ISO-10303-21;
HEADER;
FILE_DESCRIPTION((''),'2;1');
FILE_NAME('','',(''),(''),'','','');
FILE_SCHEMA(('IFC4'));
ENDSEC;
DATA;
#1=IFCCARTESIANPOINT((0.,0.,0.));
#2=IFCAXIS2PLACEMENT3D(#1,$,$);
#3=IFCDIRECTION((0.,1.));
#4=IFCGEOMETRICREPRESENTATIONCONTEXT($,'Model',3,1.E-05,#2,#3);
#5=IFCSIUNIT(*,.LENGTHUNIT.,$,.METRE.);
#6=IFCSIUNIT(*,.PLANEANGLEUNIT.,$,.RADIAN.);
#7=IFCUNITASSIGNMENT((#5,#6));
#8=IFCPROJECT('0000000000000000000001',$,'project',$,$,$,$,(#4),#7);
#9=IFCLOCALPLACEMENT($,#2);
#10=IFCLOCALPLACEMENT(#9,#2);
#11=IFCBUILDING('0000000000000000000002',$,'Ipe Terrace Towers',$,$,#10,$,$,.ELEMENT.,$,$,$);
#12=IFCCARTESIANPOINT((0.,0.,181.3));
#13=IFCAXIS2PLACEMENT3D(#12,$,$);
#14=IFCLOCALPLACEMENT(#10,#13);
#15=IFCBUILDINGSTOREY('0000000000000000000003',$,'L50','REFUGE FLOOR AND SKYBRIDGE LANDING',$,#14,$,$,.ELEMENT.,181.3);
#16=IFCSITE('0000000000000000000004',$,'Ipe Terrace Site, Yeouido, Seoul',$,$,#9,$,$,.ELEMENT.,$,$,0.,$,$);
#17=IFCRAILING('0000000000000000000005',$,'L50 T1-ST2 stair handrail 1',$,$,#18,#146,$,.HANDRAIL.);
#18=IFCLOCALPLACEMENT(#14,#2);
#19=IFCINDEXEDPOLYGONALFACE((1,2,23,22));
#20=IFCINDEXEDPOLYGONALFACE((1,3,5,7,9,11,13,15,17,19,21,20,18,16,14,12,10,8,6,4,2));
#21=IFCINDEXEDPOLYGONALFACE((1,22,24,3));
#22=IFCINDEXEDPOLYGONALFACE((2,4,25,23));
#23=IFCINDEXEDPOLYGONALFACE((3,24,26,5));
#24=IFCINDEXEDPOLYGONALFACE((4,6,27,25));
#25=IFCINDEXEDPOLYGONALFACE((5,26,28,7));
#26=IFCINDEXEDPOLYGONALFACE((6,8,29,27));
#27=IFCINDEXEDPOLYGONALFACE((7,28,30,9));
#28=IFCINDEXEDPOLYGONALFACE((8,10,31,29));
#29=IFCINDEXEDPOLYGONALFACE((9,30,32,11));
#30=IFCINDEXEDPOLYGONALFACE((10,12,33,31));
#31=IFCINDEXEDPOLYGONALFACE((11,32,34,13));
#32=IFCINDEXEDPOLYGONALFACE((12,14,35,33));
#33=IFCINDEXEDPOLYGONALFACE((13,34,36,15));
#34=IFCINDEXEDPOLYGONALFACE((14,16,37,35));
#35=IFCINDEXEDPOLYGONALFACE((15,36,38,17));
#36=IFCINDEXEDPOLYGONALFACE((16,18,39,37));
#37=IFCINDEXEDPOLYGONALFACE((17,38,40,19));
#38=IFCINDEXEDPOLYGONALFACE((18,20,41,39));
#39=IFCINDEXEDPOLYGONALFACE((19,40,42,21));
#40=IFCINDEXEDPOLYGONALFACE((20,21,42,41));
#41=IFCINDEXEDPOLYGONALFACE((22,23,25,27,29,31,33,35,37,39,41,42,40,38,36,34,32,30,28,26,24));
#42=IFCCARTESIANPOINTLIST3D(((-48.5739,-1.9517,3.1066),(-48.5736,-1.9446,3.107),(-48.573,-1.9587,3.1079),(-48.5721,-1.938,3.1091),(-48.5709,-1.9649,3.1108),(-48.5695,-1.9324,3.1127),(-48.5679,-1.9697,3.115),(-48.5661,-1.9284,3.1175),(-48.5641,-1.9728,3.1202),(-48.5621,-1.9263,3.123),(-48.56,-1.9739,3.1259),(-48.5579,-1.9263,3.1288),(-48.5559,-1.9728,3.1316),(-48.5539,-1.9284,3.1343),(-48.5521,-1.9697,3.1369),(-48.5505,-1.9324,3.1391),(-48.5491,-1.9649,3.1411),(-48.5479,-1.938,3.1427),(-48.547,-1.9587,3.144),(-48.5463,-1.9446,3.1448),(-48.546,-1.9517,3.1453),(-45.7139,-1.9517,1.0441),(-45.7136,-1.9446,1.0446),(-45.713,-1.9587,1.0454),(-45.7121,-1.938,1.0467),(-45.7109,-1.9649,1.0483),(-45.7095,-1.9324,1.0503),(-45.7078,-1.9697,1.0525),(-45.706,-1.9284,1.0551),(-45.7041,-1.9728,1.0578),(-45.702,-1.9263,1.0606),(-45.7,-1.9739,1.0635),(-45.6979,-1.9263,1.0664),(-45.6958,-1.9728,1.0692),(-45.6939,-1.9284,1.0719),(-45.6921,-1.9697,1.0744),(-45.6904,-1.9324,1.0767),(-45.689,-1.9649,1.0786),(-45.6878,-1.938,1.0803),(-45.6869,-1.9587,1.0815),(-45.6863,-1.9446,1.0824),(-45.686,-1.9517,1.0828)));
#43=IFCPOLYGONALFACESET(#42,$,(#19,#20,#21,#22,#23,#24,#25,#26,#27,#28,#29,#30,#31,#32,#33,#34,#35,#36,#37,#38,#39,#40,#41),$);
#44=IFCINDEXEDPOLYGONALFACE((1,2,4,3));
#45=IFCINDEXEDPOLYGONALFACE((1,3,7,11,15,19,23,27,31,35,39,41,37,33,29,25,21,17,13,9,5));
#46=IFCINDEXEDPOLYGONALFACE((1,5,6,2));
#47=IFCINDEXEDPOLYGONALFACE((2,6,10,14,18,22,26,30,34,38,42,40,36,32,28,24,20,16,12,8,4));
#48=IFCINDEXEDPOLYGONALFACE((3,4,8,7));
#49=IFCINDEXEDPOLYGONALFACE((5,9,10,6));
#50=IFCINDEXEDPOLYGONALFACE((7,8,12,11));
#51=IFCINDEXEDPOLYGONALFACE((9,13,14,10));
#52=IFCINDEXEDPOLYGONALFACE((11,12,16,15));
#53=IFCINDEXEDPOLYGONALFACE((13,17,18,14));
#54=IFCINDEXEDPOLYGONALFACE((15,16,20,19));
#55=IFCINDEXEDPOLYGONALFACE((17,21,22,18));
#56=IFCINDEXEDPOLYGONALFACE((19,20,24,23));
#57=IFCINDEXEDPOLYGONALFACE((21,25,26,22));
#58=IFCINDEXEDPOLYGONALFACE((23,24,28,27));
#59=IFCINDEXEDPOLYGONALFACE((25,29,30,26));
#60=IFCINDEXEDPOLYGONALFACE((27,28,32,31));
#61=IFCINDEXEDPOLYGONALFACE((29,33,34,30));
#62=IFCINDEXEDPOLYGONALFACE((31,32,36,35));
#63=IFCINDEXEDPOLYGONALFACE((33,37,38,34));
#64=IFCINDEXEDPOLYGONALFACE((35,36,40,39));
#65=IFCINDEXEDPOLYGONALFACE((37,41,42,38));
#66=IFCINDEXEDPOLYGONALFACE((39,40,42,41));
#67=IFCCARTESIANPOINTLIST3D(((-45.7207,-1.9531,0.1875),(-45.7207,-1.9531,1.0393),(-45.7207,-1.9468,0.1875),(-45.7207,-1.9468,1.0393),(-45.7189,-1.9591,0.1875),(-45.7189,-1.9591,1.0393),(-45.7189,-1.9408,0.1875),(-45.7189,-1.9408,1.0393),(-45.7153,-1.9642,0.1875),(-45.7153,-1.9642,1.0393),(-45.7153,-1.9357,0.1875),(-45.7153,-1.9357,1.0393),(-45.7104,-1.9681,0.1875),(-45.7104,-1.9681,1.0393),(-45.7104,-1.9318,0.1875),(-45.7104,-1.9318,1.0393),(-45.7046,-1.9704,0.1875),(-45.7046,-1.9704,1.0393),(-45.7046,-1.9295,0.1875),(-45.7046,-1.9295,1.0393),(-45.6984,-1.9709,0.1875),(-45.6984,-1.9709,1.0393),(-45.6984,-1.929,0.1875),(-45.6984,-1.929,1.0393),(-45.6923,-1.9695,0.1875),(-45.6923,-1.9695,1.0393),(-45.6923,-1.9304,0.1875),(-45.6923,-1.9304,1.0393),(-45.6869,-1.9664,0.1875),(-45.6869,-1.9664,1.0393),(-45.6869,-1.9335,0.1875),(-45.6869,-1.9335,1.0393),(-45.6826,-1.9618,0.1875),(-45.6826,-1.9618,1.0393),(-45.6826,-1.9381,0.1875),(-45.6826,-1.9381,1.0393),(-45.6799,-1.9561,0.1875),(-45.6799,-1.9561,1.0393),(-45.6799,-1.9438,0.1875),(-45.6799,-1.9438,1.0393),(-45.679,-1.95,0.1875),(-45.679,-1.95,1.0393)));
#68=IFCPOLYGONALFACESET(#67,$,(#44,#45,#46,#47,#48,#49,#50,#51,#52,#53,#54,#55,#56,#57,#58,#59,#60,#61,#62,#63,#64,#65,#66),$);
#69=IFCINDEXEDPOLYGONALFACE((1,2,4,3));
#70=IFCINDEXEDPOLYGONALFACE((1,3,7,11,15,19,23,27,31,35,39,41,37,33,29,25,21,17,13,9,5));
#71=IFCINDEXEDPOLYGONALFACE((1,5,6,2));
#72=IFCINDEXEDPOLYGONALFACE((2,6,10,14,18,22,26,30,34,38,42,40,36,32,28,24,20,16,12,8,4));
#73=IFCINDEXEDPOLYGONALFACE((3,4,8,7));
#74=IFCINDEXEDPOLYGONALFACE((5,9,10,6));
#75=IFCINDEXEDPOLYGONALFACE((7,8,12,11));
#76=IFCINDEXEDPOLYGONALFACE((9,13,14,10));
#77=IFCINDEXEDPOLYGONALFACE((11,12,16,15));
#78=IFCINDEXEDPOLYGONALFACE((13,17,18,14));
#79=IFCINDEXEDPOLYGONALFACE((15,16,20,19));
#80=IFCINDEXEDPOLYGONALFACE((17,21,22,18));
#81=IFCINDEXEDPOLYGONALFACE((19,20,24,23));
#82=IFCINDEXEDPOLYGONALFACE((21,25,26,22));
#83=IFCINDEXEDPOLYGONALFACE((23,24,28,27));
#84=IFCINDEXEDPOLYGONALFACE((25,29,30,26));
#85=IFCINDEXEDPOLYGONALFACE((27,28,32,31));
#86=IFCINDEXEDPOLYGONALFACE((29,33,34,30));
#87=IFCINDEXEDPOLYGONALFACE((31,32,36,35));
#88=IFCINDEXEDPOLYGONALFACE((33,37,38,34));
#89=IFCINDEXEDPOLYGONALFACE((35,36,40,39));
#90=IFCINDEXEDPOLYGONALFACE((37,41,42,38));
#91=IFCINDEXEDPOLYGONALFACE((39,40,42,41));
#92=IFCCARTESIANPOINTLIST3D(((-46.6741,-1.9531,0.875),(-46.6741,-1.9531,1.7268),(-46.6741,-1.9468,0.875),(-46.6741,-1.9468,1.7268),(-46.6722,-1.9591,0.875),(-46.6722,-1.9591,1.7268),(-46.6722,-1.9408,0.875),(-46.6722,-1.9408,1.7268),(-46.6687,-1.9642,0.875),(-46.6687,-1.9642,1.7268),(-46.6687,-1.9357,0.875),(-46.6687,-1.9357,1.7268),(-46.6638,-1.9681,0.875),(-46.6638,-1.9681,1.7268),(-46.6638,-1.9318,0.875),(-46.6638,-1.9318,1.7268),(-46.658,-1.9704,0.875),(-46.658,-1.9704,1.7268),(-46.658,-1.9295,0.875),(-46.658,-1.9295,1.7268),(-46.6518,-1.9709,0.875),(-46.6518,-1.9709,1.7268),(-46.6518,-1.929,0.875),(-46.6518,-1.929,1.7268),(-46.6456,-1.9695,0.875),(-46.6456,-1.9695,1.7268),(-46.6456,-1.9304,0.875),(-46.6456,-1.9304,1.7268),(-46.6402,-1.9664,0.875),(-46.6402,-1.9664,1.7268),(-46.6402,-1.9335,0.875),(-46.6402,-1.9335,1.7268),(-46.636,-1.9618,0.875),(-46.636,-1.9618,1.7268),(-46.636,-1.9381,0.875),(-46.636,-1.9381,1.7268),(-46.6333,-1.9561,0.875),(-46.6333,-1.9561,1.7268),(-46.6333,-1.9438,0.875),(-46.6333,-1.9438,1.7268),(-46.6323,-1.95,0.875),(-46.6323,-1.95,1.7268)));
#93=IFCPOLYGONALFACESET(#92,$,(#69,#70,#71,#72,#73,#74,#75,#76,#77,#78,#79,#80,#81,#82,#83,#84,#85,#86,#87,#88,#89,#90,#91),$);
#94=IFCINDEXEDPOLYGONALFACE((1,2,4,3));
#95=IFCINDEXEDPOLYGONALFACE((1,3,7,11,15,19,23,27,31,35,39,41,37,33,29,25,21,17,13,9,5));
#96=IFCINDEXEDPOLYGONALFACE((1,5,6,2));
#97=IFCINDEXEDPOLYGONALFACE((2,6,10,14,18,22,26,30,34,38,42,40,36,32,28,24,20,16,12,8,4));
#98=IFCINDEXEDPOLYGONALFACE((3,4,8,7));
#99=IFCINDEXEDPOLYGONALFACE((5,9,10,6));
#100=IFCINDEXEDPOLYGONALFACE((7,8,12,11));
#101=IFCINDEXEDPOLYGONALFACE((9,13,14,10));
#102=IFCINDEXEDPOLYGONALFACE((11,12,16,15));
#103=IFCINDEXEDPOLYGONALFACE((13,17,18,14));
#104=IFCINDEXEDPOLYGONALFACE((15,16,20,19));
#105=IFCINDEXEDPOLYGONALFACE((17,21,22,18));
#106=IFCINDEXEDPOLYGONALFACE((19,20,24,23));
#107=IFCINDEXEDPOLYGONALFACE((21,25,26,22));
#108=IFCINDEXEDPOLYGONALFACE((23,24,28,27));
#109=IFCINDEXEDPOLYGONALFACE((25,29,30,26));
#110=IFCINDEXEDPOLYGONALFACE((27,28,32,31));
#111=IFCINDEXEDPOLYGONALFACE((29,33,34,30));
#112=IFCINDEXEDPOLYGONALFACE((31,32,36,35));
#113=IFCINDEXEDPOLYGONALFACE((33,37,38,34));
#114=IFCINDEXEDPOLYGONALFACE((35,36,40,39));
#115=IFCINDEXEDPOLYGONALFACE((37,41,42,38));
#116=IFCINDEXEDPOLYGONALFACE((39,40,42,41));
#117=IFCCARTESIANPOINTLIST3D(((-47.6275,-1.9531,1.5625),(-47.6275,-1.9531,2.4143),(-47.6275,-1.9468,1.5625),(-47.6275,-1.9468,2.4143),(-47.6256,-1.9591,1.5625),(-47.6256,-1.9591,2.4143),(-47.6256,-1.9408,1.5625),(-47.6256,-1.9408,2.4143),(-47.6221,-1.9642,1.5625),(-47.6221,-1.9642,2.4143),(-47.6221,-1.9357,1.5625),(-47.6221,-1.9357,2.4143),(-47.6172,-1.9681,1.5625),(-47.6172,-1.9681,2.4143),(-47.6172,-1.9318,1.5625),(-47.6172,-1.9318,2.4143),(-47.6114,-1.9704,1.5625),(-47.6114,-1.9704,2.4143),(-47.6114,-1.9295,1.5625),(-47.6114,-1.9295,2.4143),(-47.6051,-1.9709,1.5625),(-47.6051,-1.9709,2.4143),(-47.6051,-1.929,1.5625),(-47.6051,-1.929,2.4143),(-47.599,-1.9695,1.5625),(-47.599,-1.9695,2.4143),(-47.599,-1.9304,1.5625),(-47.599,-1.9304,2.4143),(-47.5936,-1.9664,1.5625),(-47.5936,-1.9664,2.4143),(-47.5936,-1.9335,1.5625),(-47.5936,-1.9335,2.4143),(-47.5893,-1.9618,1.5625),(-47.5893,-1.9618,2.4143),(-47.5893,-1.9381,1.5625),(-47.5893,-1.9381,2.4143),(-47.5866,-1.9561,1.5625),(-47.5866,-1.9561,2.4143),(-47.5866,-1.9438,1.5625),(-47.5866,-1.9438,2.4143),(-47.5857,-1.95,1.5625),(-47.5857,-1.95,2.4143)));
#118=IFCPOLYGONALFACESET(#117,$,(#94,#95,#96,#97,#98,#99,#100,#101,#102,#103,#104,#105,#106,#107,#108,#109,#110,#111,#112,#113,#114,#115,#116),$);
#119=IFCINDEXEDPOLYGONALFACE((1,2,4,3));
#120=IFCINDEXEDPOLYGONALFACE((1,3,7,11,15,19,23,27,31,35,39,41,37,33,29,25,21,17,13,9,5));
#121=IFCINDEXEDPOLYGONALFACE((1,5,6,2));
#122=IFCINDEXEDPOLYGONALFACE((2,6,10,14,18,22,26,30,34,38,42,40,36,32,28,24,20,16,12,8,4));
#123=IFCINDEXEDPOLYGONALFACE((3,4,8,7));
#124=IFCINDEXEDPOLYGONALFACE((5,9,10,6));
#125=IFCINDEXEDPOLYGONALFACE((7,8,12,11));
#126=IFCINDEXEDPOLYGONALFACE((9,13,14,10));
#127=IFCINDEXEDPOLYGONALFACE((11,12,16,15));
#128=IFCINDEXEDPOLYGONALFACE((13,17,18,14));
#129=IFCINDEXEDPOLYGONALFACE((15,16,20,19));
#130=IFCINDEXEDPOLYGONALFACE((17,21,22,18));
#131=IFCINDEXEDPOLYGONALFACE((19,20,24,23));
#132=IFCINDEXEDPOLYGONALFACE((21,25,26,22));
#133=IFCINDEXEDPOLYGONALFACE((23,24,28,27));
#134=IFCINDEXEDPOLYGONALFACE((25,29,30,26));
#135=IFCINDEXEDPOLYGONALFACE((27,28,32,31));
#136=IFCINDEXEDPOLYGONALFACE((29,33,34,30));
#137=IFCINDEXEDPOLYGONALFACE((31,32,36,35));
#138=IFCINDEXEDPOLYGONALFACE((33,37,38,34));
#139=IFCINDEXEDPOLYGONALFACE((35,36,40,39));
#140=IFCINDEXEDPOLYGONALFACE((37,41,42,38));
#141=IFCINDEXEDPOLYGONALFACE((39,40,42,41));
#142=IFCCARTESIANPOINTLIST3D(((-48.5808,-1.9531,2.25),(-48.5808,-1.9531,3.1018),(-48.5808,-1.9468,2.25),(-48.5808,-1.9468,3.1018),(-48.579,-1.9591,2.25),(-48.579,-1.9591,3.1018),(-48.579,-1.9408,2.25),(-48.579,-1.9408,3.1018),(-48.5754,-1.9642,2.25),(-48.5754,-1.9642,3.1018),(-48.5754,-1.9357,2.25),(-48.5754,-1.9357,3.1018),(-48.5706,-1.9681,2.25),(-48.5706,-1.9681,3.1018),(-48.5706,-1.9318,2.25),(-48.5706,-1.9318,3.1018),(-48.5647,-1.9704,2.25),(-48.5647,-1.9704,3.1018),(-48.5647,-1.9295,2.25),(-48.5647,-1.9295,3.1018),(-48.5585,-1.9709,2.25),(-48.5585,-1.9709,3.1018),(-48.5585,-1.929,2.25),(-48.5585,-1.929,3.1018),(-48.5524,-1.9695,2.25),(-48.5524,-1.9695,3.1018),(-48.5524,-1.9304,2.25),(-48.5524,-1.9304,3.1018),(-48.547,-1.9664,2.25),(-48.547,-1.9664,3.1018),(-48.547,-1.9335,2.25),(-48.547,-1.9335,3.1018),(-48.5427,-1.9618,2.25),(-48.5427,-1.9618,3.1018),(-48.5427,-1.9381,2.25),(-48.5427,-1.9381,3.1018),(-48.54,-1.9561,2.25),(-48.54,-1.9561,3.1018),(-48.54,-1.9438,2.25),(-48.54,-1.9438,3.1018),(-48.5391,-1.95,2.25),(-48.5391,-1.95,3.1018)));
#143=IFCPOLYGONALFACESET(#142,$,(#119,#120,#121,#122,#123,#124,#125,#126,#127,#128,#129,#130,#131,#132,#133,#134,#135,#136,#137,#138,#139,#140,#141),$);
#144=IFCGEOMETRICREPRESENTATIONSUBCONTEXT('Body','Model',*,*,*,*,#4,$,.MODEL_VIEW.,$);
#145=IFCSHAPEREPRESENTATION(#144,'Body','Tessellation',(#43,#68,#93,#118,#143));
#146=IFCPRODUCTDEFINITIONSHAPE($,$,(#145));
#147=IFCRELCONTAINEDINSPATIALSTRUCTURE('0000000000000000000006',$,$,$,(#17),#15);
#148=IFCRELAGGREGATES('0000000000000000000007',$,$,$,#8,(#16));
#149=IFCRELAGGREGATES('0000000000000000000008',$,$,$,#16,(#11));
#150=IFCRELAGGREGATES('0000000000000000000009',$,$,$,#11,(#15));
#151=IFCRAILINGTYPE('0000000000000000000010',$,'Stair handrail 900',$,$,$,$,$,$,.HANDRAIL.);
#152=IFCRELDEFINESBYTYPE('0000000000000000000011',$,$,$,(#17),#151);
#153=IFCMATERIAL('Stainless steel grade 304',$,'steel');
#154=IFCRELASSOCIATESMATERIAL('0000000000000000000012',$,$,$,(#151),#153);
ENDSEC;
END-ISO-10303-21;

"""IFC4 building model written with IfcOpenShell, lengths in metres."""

from ifc_helpers import new_model, si_unit, direction, frame, origin, origin_2d, place, context, subcontext, project, spatial, circle, extrude, material, type_object, element, save


model = new_model("IFC4")

# Units and contexts
model_context = context("Model", 3, precision=1e-05, world=origin(), true_north=direction((0.0, 1.0)))
body_context = subcontext(model_context, "Body", "Model", "MODEL_VIEW")
ifc_project = project(units=[si_unit("LENGTHUNIT", "METRE"), si_unit("PLANEANGLEUNIT", "RADIAN")], contexts=[model_context])

# Site, building, storey
site_placement = place(None, origin())
site = spatial("IfcSite", under=ifc_project, at=site_placement, Name="Ipe Terrace Site, Yeouido, Seoul", CompositionType="ELEMENT", RefElevation=0.0)
building_placement = place(site_placement, origin())
building = spatial("IfcBuilding", under=site, at=building_placement, Name="Ipe Terrace Towers", CompositionType="ELEMENT")
storey_placement = place(building_placement, frame((0.0, 0.0, 181.3)))
storey = spatial("IfcBuildingStorey", under=building, at=storey_placement, Name="L50", Description="REFUGE FLOOR AND SKYBRIDGE LANDING", CompositionType="ELEMENT", Elevation=181.3)

# Railing
ifc_material_1 = material(Name="Stainless steel grade 304", Category="steel")
railing_type = type_object("IfcRailingType", Name="Stair handrail 900", PredefinedType="HANDRAIL", material=ifc_material_1)
railing_placement = place(storey_placement, frame((-45.7, -1.95, 0.1875)))
element("IfcRailing", 1, at=railing_placement, inside=storey, type_object=railing_type, Name="L50 T1-ST2 stair handrail 1", PredefinedType="HANDRAIL", context=body_context, shape_type="SweptSolid", body=[
    extrude(circle(Radius=0.0239, at=origin_2d()), frame((0.0, 0.0, 0.876), z_axis=(-0.811101, 0.0, 0.584906), x_axis=(0.0, -1.0, 0.0)), (0.0, 0.0, 1.0), 3.5261),
    extrude(circle(Radius=0.021, at=origin_2d()), origin(), (0.0, 0.0, 1.0), 0.8518),
    extrude(circle(Radius=0.021, at=origin_2d()), frame((-0.9534, 0.0, 0.6875)), (0.0, 0.0, 1.0), 0.8518),
    extrude(circle(Radius=0.021, at=origin_2d()), frame((-1.9067, 0.0, 1.375)), (0.0, 0.0, 1.0), 0.8518),
    extrude(circle(Radius=0.021, at=origin_2d()), frame((-2.8601, 0.0, 2.0625)), (0.0, 0.0, 1.0), 0.8518),
])

save(model, "model.ifc")
